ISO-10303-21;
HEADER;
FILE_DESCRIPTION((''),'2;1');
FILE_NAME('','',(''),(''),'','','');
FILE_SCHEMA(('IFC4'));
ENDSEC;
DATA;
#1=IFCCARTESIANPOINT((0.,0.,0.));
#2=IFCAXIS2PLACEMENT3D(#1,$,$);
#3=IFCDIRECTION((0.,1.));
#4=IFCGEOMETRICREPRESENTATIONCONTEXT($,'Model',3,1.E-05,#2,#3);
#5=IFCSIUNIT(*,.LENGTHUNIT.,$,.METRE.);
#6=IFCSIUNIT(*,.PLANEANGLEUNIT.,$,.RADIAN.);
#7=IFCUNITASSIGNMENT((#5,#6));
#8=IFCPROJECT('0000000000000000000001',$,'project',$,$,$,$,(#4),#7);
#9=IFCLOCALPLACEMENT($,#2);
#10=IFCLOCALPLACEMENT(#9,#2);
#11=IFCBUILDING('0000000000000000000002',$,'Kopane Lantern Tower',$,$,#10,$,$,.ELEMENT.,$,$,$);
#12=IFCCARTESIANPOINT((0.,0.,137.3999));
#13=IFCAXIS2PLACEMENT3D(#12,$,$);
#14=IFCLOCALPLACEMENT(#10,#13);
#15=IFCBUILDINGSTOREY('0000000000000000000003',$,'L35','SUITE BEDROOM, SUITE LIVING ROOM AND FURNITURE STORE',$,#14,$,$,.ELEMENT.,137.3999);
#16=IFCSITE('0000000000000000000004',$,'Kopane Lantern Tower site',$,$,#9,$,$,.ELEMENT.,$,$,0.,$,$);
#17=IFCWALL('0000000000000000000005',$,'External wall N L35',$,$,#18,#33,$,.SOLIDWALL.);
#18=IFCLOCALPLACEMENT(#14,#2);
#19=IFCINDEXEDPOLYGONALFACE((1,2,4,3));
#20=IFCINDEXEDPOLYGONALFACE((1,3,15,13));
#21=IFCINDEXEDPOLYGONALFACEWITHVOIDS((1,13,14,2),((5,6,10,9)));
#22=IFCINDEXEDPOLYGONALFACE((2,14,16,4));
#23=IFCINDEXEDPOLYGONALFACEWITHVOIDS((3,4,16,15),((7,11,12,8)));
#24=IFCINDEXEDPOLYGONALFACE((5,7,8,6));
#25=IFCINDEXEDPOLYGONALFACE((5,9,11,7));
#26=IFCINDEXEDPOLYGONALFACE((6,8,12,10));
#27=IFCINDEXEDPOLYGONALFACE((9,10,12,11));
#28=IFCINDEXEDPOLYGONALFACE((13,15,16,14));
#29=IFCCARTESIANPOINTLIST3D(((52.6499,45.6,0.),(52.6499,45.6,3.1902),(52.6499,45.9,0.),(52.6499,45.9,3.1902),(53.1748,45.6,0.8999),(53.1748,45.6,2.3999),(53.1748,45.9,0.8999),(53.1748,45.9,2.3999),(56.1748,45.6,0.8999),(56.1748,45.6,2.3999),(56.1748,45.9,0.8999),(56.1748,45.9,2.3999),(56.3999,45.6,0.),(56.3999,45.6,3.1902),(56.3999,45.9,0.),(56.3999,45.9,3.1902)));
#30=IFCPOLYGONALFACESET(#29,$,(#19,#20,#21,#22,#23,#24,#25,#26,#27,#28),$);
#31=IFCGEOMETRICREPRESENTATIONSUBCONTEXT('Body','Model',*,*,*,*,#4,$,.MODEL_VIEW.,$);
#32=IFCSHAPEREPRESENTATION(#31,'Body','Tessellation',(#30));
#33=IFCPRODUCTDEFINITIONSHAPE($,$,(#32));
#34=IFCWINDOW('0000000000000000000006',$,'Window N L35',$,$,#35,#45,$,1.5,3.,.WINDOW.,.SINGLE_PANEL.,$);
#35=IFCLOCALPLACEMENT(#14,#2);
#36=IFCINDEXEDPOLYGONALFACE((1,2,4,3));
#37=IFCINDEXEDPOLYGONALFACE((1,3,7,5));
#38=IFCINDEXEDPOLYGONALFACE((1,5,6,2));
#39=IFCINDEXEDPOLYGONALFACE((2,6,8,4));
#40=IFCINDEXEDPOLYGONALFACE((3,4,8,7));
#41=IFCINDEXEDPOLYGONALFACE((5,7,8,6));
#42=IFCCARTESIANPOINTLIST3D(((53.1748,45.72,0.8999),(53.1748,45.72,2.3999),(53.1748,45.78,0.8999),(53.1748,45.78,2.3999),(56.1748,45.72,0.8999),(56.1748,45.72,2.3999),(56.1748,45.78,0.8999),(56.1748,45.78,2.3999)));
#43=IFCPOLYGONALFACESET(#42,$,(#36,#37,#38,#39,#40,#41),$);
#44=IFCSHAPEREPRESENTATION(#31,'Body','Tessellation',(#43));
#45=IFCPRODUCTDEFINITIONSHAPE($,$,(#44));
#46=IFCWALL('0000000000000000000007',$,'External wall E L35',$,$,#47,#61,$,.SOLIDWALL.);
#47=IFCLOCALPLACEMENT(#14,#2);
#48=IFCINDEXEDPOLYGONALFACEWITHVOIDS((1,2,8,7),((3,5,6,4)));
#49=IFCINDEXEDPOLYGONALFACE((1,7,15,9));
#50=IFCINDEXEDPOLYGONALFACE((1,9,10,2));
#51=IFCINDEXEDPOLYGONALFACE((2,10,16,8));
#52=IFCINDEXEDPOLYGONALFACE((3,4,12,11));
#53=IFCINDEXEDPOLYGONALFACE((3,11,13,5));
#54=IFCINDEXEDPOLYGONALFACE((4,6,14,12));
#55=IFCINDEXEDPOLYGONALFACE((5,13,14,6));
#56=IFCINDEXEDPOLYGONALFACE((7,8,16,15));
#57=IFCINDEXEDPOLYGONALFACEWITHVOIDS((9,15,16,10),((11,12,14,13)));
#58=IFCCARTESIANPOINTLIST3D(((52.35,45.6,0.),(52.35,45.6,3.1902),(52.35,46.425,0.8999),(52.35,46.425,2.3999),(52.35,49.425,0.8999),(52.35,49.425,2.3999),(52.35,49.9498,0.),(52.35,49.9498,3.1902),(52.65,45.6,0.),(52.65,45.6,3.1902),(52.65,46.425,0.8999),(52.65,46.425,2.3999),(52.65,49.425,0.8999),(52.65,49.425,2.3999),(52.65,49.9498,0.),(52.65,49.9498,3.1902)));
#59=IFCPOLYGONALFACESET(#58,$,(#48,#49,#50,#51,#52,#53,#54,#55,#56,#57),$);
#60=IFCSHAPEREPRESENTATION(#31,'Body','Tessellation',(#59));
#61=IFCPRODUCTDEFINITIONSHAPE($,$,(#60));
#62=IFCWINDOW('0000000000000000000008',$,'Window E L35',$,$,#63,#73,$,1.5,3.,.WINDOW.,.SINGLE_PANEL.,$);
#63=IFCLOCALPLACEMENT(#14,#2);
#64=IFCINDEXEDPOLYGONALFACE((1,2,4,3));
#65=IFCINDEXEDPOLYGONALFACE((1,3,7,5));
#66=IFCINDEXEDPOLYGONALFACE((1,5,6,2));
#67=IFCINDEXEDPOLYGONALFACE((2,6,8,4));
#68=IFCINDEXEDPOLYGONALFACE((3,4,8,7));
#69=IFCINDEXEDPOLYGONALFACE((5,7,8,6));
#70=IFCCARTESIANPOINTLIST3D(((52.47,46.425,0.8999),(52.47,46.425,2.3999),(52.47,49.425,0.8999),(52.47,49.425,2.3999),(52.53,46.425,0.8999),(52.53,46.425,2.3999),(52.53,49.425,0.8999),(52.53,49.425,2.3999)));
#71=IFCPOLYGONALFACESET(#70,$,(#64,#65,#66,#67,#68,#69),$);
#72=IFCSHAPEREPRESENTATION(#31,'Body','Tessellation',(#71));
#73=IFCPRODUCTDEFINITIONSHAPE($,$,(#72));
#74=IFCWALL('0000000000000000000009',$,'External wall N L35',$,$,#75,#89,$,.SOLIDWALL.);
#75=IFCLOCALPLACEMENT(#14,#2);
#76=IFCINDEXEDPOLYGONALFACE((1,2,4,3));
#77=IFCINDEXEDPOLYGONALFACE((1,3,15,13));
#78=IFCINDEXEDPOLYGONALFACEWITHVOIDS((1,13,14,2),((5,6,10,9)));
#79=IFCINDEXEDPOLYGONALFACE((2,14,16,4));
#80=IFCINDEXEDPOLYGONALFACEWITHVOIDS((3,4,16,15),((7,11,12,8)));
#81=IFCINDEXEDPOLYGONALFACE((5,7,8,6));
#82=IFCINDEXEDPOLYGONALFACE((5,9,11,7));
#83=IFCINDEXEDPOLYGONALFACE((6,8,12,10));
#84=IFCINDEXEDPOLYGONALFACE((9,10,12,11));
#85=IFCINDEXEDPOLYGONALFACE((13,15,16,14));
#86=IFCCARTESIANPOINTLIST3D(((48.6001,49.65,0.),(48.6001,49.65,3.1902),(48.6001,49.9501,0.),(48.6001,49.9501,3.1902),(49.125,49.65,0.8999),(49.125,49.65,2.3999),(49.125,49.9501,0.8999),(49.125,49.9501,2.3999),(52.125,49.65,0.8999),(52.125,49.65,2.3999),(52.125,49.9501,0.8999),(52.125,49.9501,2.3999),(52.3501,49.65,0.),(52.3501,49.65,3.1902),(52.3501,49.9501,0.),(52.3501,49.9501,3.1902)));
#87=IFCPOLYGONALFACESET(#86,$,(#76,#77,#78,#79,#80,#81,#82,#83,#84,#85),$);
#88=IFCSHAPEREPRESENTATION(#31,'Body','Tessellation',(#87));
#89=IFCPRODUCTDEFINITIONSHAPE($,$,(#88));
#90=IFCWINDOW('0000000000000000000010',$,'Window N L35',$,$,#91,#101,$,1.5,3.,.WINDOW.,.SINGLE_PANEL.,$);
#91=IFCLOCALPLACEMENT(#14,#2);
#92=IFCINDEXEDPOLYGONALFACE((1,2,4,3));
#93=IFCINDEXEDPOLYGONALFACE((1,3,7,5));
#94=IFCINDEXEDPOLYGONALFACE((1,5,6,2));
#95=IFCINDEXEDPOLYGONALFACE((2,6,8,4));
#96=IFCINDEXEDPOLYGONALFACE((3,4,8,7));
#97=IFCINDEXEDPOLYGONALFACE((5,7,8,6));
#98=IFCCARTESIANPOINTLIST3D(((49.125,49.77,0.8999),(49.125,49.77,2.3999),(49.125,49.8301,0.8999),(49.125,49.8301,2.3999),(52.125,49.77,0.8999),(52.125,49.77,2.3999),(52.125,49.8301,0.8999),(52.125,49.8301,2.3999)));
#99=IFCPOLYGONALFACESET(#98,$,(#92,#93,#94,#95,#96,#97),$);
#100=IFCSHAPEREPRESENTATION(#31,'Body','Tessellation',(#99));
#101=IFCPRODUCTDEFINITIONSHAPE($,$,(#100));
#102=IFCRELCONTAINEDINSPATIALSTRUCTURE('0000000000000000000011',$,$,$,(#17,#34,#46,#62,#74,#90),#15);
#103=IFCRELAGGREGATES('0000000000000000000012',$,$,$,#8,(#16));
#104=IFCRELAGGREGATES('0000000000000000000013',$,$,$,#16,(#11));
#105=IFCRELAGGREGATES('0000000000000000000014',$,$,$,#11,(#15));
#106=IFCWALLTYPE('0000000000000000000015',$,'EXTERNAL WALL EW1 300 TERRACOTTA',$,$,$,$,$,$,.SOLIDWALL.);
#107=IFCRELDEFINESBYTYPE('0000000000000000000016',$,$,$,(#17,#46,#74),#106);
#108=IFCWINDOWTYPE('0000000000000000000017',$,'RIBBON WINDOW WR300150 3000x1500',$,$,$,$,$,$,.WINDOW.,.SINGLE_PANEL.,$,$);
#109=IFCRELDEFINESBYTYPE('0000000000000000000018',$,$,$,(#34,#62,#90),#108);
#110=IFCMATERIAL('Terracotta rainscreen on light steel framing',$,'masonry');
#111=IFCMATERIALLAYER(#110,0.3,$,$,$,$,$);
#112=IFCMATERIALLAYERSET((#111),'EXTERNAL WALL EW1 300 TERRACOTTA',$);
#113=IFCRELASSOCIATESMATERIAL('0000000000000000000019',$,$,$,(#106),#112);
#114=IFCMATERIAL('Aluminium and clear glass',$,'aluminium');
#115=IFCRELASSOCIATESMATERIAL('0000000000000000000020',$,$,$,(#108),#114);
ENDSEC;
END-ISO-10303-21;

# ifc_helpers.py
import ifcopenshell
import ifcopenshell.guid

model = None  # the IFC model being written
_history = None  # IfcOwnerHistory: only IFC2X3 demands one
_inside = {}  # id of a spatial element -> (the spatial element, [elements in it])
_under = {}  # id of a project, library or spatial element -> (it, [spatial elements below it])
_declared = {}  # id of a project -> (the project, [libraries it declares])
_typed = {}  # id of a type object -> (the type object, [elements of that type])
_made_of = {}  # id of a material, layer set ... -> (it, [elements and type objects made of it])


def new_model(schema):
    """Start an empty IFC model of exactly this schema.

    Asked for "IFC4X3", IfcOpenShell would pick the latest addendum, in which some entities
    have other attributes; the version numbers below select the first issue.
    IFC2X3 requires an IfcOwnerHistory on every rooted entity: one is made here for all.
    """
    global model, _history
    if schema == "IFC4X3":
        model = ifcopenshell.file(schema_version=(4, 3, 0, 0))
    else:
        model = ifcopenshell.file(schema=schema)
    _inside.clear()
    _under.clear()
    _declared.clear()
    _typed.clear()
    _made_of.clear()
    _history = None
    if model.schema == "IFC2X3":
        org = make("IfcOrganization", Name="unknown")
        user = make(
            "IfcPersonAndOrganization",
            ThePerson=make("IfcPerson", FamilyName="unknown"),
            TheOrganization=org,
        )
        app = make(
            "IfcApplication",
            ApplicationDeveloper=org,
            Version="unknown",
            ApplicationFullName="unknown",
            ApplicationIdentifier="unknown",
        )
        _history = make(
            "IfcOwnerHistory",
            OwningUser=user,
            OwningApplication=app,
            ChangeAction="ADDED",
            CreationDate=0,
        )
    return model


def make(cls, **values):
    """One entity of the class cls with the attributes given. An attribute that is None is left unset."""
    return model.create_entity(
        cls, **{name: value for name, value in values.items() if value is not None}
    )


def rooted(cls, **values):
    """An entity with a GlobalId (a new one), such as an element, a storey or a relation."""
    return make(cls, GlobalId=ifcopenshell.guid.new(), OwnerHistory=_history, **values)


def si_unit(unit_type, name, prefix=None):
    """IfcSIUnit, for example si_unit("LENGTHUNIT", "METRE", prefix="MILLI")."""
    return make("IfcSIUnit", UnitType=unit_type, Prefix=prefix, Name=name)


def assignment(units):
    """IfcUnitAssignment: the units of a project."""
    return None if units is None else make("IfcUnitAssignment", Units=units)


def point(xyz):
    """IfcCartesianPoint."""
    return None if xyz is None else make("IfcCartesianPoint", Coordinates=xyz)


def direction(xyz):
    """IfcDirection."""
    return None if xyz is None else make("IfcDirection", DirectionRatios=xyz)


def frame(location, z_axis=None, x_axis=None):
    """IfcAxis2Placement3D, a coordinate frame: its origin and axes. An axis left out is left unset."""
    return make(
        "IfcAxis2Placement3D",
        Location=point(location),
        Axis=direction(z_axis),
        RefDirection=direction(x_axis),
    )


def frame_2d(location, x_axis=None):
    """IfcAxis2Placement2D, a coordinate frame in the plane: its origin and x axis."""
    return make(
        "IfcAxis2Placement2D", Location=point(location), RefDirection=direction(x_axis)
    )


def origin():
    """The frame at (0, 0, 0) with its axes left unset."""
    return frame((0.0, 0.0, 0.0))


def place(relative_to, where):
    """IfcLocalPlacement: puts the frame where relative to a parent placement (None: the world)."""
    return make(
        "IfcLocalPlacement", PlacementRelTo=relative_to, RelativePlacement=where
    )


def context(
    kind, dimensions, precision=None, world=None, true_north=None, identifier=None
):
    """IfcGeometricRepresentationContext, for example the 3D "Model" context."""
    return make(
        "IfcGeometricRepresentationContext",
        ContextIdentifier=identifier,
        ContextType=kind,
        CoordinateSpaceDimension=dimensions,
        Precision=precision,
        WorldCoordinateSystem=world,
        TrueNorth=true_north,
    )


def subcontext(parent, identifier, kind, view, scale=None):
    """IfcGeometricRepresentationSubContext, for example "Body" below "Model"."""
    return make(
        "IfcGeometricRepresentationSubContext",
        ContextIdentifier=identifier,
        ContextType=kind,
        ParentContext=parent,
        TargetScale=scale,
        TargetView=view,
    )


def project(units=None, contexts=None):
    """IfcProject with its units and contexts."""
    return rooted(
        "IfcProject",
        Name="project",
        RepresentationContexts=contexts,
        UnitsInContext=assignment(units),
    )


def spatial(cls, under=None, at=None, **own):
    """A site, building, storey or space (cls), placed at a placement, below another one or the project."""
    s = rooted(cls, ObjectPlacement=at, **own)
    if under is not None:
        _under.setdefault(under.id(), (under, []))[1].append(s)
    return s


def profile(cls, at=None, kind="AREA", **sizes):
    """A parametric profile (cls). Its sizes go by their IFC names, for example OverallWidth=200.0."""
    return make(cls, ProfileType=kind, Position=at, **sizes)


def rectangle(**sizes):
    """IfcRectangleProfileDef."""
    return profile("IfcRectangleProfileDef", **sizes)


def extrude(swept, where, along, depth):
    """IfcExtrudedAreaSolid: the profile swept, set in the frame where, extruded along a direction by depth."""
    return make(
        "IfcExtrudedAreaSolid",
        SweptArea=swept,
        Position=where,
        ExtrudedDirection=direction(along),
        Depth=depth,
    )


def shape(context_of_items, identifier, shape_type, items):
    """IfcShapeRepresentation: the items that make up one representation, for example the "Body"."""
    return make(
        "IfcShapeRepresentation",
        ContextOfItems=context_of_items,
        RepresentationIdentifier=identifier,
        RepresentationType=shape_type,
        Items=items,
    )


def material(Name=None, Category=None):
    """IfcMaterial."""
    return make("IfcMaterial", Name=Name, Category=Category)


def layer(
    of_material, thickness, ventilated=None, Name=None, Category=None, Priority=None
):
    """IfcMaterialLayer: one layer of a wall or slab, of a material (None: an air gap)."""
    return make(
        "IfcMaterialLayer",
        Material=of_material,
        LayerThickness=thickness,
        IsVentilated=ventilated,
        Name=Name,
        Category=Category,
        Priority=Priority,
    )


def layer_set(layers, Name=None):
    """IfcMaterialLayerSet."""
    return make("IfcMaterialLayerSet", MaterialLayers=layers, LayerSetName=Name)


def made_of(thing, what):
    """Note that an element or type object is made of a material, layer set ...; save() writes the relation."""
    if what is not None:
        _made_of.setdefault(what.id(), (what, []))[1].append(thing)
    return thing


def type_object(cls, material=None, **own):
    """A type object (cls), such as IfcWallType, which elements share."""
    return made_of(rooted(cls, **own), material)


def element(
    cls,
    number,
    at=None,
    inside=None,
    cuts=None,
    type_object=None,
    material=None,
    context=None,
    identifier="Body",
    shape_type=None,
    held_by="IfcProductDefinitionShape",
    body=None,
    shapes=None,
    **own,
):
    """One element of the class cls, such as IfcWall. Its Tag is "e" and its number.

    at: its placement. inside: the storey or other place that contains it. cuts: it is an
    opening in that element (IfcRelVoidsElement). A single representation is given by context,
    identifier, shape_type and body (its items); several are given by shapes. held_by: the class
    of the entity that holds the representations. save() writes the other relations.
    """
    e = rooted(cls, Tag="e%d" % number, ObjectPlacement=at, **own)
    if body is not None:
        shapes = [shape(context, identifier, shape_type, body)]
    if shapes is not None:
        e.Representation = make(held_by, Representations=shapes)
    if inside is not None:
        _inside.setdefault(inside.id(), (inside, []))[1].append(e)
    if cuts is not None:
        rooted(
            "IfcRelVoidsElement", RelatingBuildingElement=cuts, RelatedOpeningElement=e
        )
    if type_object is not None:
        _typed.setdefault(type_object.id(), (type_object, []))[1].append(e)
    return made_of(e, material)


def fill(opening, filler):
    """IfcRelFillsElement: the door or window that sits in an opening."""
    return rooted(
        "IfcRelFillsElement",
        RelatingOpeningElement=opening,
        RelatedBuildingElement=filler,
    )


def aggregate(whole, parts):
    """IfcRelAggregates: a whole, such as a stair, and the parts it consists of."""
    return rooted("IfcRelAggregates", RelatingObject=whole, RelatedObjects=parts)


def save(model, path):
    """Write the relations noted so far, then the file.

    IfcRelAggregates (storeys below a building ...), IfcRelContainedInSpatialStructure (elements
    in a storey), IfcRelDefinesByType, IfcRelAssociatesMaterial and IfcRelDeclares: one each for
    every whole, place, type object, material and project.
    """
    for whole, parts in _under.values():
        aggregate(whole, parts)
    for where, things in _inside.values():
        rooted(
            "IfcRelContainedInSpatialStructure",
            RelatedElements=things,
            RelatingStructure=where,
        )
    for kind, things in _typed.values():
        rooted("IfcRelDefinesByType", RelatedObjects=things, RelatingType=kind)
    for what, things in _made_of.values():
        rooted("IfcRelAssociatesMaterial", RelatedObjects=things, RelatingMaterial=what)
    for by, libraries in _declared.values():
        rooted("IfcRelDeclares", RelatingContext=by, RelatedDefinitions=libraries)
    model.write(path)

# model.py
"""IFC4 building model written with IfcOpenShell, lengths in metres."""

from ifc_helpers import new_model, si_unit, direction, frame, frame_2d, origin, place, context, subcontext, project, spatial, rectangle, extrude, material, layer, layer_set, type_object, element, fill, save


model = new_model("IFC4")

# Units and contexts
model_context = context("Model", 3, precision=1e-05, world=origin(), true_north=direction((0.0, 1.0)))
body_context = subcontext(model_context, "Body", "Model", "MODEL_VIEW")
ifc_project = project(units=[si_unit("LENGTHUNIT", "METRE"), si_unit("PLANEANGLEUNIT", "RADIAN")], contexts=[model_context])

# Site, building, storey
site_placement = place(None, origin())
site = spatial("IfcSite", under=ifc_project, at=site_placement, Name="Kopane Lantern Tower site", CompositionType="ELEMENT", RefElevation=0.0)
building_placement = place(site_placement, origin())
building = spatial("IfcBuilding", under=site, at=building_placement, Name="Kopane Lantern Tower", CompositionType="ELEMENT")
storey_placement = place(building_placement, frame((0.0, 0.0, 137.3999)))
storey = spatial("IfcBuildingStorey", under=building, at=storey_placement, Name="L35", Description="SUITE BEDROOM, SUITE LIVING ROOM AND FURNITURE STORE", CompositionType="ELEMENT", Elevation=137.3999)

# Walls, openings, windows
ifc_material_1 = material(Name="Terracotta rainscreen on light steel framing", Category="masonry")
ifc_layer_1 = layer(ifc_material_1, 0.3)
ifc_layer_set_1 = layer_set([ifc_layer_1], Name="EXTERNAL WALL EW1 300 TERRACOTTA")
wall_type_1 = type_object("IfcWallType", Name="EXTERNAL WALL EW1 300 TERRACOTTA", PredefinedType="SOLIDWALL", material=ifc_layer_set_1)
wall_1_placement = place(storey_placement, frame((56.3999, 45.75, 0.0), z_axis=(0.0, 0.0, 1.0), x_axis=(-1.0, 0.0, 0.0)))
wall_1 = element("IfcWall", 1, at=wall_1_placement, inside=storey, type_object=wall_type_1, Name="External wall N L35", PredefinedType="SOLIDWALL", context=body_context, shape_type="SweptSolid", body=[
    extrude(rectangle(XDim=3.75, YDim=0.3, at=frame_2d((1.875, 0.0))), origin(), (0.0, 0.0, 1.0), 3.1902),
])
opening_1_placement = place(wall_1_placement, frame((0.2251, 0.0, 0.8999)))
opening_1 = element("IfcOpeningElement", 2, at=opening_1_placement, cuts=wall_1, PredefinedType="OPENING", context=body_context, shape_type="SweptSolid", body=[
    extrude(rectangle(XDim=3.0, YDim=1.5, at=frame_2d((1.5, 0.75))), frame((0.0, 0.1599, 0.0), z_axis=(0.0, -1.0, 0.0), x_axis=(1.0, 0.0, 0.0)), (0.0, 0.0, 1.0), 0.3201),
])
ifc_material_2 = material(Name="Aluminium and clear glass", Category="aluminium")
window_type = type_object("IfcWindowType", Name="RIBBON WINDOW WR300150 3000x1500", PartitioningType="SINGLE_PANEL", PredefinedType="WINDOW", material=ifc_material_2)
window_1_placement = place(opening_1_placement, origin())
window_1 = element("IfcWindow", 3, at=window_1_placement, inside=storey, type_object=window_type, Name="Window N L35", OverallHeight=1.5, OverallWidth=3.0, PartitioningType="SINGLE_PANEL", PredefinedType="WINDOW", context=body_context, shape_type="SweptSolid", body=[
    extrude(rectangle(XDim=3.0, YDim=1.5, at=frame_2d((1.5, 0.75))), frame((0.0, 0.03, 0.0), z_axis=(0.0, -1.0, 0.0), x_axis=(1.0, 0.0, 0.0)), (0.0, 0.0, 1.0), 0.0601),
])
fill(opening_1, window_1)
wall_2_placement = place(storey_placement, frame((52.5, 45.6001, 0.0), z_axis=(0.0, 0.0, 1.0), x_axis=(0.0, 1.0, 0.0)))
wall_2 = element("IfcWall", 4, at=wall_2_placement, inside=storey, type_object=wall_type_1, Name="External wall E L35", PredefinedType="SOLIDWALL", context=body_context, shape_type="SweptSolid", body=[
    extrude(rectangle(XDim=4.3499, YDim=0.3, at=frame_2d((2.1748, 0.0))), origin(), (0.0, 0.0, 1.0), 3.1902),
])
opening_2_placement = place(wall_2_placement, frame((0.825, 0.0, 0.8999)))
opening_2 = element("IfcOpeningElement", 5, at=opening_2_placement, cuts=wall_2, PredefinedType="OPENING", context=body_context, shape_type="SweptSolid", body=[
    extrude(rectangle(XDim=3.0, YDim=1.5, at=frame_2d((1.5, 0.75))), frame((0.0, 0.1599, 0.0), z_axis=(0.0, -1.0, 0.0), x_axis=(1.0, 0.0, 0.0)), (0.0, 0.0, 1.0), 0.3201),
])
window_2_placement = place(opening_2_placement, origin())
window_2 = element("IfcWindow", 6, at=window_2_placement, inside=storey, type_object=window_type, Name="Window E L35", OverallHeight=1.5, OverallWidth=3.0, PartitioningType="SINGLE_PANEL", PredefinedType="WINDOW", context=body_context, shape_type="SweptSolid", body=[
    extrude(rectangle(XDim=3.0, YDim=1.5, at=frame_2d((1.5, 0.75))), frame((0.0, 0.03, 0.0), z_axis=(0.0, -1.0, 0.0), x_axis=(1.0, 0.0, 0.0)), (0.0, 0.0, 1.0), 0.0601),
])
fill(opening_2, window_2)
wall_3_placement = place(storey_placement, frame((52.3501, 49.8, 0.0), z_axis=(0.0, 0.0, 1.0), x_axis=(-1.0, 0.0, 0.0)))
wall_3 = element("IfcWall", 7, at=wall_3_placement, inside=storey, type_object=wall_type_1, Name="External wall N L35", PredefinedType="SOLIDWALL", context=body_context, shape_type="SweptSolid", body=[
    extrude(rectangle(XDim=3.75, YDim=0.3, at=frame_2d((1.875, 0.0))), origin(), (0.0, 0.0, 1.0), 3.1902),
])
opening_3_placement = place(wall_3_placement, frame((0.2251, 0.0, 0.8999)))
opening_3 = element("IfcOpeningElement", 8, at=opening_3_placement, cuts=wall_3, PredefinedType="OPENING", context=body_context, shape_type="SweptSolid", body=[
    extrude(rectangle(XDim=3.0, YDim=1.5, at=frame_2d((1.5, 0.75))), frame((0.0, 0.1599, 0.0), z_axis=(0.0, -1.0, 0.0), x_axis=(1.0, 0.0, 0.0)), (0.0, 0.0, 1.0), 0.3201),
])
window_3_placement = place(opening_3_placement, origin())
window_3 = element("IfcWindow", 9, at=window_3_placement, inside=storey, type_object=window_type, Name="Window N L35", OverallHeight=1.5, OverallWidth=3.0, PartitioningType="SINGLE_PANEL", PredefinedType="WINDOW", context=body_context, shape_type="SweptSolid", body=[
    extrude(rectangle(XDim=3.0, YDim=1.5, at=frame_2d((1.5, 0.75))), frame((0.0, 0.03, 0.0), z_axis=(0.0, -1.0, 0.0), x_axis=(1.0, 0.0, 0.0)), (0.0, 0.0, 1.0), 0.0601),
])
fill(opening_3, window_3)

save(model, "model.ifc")
